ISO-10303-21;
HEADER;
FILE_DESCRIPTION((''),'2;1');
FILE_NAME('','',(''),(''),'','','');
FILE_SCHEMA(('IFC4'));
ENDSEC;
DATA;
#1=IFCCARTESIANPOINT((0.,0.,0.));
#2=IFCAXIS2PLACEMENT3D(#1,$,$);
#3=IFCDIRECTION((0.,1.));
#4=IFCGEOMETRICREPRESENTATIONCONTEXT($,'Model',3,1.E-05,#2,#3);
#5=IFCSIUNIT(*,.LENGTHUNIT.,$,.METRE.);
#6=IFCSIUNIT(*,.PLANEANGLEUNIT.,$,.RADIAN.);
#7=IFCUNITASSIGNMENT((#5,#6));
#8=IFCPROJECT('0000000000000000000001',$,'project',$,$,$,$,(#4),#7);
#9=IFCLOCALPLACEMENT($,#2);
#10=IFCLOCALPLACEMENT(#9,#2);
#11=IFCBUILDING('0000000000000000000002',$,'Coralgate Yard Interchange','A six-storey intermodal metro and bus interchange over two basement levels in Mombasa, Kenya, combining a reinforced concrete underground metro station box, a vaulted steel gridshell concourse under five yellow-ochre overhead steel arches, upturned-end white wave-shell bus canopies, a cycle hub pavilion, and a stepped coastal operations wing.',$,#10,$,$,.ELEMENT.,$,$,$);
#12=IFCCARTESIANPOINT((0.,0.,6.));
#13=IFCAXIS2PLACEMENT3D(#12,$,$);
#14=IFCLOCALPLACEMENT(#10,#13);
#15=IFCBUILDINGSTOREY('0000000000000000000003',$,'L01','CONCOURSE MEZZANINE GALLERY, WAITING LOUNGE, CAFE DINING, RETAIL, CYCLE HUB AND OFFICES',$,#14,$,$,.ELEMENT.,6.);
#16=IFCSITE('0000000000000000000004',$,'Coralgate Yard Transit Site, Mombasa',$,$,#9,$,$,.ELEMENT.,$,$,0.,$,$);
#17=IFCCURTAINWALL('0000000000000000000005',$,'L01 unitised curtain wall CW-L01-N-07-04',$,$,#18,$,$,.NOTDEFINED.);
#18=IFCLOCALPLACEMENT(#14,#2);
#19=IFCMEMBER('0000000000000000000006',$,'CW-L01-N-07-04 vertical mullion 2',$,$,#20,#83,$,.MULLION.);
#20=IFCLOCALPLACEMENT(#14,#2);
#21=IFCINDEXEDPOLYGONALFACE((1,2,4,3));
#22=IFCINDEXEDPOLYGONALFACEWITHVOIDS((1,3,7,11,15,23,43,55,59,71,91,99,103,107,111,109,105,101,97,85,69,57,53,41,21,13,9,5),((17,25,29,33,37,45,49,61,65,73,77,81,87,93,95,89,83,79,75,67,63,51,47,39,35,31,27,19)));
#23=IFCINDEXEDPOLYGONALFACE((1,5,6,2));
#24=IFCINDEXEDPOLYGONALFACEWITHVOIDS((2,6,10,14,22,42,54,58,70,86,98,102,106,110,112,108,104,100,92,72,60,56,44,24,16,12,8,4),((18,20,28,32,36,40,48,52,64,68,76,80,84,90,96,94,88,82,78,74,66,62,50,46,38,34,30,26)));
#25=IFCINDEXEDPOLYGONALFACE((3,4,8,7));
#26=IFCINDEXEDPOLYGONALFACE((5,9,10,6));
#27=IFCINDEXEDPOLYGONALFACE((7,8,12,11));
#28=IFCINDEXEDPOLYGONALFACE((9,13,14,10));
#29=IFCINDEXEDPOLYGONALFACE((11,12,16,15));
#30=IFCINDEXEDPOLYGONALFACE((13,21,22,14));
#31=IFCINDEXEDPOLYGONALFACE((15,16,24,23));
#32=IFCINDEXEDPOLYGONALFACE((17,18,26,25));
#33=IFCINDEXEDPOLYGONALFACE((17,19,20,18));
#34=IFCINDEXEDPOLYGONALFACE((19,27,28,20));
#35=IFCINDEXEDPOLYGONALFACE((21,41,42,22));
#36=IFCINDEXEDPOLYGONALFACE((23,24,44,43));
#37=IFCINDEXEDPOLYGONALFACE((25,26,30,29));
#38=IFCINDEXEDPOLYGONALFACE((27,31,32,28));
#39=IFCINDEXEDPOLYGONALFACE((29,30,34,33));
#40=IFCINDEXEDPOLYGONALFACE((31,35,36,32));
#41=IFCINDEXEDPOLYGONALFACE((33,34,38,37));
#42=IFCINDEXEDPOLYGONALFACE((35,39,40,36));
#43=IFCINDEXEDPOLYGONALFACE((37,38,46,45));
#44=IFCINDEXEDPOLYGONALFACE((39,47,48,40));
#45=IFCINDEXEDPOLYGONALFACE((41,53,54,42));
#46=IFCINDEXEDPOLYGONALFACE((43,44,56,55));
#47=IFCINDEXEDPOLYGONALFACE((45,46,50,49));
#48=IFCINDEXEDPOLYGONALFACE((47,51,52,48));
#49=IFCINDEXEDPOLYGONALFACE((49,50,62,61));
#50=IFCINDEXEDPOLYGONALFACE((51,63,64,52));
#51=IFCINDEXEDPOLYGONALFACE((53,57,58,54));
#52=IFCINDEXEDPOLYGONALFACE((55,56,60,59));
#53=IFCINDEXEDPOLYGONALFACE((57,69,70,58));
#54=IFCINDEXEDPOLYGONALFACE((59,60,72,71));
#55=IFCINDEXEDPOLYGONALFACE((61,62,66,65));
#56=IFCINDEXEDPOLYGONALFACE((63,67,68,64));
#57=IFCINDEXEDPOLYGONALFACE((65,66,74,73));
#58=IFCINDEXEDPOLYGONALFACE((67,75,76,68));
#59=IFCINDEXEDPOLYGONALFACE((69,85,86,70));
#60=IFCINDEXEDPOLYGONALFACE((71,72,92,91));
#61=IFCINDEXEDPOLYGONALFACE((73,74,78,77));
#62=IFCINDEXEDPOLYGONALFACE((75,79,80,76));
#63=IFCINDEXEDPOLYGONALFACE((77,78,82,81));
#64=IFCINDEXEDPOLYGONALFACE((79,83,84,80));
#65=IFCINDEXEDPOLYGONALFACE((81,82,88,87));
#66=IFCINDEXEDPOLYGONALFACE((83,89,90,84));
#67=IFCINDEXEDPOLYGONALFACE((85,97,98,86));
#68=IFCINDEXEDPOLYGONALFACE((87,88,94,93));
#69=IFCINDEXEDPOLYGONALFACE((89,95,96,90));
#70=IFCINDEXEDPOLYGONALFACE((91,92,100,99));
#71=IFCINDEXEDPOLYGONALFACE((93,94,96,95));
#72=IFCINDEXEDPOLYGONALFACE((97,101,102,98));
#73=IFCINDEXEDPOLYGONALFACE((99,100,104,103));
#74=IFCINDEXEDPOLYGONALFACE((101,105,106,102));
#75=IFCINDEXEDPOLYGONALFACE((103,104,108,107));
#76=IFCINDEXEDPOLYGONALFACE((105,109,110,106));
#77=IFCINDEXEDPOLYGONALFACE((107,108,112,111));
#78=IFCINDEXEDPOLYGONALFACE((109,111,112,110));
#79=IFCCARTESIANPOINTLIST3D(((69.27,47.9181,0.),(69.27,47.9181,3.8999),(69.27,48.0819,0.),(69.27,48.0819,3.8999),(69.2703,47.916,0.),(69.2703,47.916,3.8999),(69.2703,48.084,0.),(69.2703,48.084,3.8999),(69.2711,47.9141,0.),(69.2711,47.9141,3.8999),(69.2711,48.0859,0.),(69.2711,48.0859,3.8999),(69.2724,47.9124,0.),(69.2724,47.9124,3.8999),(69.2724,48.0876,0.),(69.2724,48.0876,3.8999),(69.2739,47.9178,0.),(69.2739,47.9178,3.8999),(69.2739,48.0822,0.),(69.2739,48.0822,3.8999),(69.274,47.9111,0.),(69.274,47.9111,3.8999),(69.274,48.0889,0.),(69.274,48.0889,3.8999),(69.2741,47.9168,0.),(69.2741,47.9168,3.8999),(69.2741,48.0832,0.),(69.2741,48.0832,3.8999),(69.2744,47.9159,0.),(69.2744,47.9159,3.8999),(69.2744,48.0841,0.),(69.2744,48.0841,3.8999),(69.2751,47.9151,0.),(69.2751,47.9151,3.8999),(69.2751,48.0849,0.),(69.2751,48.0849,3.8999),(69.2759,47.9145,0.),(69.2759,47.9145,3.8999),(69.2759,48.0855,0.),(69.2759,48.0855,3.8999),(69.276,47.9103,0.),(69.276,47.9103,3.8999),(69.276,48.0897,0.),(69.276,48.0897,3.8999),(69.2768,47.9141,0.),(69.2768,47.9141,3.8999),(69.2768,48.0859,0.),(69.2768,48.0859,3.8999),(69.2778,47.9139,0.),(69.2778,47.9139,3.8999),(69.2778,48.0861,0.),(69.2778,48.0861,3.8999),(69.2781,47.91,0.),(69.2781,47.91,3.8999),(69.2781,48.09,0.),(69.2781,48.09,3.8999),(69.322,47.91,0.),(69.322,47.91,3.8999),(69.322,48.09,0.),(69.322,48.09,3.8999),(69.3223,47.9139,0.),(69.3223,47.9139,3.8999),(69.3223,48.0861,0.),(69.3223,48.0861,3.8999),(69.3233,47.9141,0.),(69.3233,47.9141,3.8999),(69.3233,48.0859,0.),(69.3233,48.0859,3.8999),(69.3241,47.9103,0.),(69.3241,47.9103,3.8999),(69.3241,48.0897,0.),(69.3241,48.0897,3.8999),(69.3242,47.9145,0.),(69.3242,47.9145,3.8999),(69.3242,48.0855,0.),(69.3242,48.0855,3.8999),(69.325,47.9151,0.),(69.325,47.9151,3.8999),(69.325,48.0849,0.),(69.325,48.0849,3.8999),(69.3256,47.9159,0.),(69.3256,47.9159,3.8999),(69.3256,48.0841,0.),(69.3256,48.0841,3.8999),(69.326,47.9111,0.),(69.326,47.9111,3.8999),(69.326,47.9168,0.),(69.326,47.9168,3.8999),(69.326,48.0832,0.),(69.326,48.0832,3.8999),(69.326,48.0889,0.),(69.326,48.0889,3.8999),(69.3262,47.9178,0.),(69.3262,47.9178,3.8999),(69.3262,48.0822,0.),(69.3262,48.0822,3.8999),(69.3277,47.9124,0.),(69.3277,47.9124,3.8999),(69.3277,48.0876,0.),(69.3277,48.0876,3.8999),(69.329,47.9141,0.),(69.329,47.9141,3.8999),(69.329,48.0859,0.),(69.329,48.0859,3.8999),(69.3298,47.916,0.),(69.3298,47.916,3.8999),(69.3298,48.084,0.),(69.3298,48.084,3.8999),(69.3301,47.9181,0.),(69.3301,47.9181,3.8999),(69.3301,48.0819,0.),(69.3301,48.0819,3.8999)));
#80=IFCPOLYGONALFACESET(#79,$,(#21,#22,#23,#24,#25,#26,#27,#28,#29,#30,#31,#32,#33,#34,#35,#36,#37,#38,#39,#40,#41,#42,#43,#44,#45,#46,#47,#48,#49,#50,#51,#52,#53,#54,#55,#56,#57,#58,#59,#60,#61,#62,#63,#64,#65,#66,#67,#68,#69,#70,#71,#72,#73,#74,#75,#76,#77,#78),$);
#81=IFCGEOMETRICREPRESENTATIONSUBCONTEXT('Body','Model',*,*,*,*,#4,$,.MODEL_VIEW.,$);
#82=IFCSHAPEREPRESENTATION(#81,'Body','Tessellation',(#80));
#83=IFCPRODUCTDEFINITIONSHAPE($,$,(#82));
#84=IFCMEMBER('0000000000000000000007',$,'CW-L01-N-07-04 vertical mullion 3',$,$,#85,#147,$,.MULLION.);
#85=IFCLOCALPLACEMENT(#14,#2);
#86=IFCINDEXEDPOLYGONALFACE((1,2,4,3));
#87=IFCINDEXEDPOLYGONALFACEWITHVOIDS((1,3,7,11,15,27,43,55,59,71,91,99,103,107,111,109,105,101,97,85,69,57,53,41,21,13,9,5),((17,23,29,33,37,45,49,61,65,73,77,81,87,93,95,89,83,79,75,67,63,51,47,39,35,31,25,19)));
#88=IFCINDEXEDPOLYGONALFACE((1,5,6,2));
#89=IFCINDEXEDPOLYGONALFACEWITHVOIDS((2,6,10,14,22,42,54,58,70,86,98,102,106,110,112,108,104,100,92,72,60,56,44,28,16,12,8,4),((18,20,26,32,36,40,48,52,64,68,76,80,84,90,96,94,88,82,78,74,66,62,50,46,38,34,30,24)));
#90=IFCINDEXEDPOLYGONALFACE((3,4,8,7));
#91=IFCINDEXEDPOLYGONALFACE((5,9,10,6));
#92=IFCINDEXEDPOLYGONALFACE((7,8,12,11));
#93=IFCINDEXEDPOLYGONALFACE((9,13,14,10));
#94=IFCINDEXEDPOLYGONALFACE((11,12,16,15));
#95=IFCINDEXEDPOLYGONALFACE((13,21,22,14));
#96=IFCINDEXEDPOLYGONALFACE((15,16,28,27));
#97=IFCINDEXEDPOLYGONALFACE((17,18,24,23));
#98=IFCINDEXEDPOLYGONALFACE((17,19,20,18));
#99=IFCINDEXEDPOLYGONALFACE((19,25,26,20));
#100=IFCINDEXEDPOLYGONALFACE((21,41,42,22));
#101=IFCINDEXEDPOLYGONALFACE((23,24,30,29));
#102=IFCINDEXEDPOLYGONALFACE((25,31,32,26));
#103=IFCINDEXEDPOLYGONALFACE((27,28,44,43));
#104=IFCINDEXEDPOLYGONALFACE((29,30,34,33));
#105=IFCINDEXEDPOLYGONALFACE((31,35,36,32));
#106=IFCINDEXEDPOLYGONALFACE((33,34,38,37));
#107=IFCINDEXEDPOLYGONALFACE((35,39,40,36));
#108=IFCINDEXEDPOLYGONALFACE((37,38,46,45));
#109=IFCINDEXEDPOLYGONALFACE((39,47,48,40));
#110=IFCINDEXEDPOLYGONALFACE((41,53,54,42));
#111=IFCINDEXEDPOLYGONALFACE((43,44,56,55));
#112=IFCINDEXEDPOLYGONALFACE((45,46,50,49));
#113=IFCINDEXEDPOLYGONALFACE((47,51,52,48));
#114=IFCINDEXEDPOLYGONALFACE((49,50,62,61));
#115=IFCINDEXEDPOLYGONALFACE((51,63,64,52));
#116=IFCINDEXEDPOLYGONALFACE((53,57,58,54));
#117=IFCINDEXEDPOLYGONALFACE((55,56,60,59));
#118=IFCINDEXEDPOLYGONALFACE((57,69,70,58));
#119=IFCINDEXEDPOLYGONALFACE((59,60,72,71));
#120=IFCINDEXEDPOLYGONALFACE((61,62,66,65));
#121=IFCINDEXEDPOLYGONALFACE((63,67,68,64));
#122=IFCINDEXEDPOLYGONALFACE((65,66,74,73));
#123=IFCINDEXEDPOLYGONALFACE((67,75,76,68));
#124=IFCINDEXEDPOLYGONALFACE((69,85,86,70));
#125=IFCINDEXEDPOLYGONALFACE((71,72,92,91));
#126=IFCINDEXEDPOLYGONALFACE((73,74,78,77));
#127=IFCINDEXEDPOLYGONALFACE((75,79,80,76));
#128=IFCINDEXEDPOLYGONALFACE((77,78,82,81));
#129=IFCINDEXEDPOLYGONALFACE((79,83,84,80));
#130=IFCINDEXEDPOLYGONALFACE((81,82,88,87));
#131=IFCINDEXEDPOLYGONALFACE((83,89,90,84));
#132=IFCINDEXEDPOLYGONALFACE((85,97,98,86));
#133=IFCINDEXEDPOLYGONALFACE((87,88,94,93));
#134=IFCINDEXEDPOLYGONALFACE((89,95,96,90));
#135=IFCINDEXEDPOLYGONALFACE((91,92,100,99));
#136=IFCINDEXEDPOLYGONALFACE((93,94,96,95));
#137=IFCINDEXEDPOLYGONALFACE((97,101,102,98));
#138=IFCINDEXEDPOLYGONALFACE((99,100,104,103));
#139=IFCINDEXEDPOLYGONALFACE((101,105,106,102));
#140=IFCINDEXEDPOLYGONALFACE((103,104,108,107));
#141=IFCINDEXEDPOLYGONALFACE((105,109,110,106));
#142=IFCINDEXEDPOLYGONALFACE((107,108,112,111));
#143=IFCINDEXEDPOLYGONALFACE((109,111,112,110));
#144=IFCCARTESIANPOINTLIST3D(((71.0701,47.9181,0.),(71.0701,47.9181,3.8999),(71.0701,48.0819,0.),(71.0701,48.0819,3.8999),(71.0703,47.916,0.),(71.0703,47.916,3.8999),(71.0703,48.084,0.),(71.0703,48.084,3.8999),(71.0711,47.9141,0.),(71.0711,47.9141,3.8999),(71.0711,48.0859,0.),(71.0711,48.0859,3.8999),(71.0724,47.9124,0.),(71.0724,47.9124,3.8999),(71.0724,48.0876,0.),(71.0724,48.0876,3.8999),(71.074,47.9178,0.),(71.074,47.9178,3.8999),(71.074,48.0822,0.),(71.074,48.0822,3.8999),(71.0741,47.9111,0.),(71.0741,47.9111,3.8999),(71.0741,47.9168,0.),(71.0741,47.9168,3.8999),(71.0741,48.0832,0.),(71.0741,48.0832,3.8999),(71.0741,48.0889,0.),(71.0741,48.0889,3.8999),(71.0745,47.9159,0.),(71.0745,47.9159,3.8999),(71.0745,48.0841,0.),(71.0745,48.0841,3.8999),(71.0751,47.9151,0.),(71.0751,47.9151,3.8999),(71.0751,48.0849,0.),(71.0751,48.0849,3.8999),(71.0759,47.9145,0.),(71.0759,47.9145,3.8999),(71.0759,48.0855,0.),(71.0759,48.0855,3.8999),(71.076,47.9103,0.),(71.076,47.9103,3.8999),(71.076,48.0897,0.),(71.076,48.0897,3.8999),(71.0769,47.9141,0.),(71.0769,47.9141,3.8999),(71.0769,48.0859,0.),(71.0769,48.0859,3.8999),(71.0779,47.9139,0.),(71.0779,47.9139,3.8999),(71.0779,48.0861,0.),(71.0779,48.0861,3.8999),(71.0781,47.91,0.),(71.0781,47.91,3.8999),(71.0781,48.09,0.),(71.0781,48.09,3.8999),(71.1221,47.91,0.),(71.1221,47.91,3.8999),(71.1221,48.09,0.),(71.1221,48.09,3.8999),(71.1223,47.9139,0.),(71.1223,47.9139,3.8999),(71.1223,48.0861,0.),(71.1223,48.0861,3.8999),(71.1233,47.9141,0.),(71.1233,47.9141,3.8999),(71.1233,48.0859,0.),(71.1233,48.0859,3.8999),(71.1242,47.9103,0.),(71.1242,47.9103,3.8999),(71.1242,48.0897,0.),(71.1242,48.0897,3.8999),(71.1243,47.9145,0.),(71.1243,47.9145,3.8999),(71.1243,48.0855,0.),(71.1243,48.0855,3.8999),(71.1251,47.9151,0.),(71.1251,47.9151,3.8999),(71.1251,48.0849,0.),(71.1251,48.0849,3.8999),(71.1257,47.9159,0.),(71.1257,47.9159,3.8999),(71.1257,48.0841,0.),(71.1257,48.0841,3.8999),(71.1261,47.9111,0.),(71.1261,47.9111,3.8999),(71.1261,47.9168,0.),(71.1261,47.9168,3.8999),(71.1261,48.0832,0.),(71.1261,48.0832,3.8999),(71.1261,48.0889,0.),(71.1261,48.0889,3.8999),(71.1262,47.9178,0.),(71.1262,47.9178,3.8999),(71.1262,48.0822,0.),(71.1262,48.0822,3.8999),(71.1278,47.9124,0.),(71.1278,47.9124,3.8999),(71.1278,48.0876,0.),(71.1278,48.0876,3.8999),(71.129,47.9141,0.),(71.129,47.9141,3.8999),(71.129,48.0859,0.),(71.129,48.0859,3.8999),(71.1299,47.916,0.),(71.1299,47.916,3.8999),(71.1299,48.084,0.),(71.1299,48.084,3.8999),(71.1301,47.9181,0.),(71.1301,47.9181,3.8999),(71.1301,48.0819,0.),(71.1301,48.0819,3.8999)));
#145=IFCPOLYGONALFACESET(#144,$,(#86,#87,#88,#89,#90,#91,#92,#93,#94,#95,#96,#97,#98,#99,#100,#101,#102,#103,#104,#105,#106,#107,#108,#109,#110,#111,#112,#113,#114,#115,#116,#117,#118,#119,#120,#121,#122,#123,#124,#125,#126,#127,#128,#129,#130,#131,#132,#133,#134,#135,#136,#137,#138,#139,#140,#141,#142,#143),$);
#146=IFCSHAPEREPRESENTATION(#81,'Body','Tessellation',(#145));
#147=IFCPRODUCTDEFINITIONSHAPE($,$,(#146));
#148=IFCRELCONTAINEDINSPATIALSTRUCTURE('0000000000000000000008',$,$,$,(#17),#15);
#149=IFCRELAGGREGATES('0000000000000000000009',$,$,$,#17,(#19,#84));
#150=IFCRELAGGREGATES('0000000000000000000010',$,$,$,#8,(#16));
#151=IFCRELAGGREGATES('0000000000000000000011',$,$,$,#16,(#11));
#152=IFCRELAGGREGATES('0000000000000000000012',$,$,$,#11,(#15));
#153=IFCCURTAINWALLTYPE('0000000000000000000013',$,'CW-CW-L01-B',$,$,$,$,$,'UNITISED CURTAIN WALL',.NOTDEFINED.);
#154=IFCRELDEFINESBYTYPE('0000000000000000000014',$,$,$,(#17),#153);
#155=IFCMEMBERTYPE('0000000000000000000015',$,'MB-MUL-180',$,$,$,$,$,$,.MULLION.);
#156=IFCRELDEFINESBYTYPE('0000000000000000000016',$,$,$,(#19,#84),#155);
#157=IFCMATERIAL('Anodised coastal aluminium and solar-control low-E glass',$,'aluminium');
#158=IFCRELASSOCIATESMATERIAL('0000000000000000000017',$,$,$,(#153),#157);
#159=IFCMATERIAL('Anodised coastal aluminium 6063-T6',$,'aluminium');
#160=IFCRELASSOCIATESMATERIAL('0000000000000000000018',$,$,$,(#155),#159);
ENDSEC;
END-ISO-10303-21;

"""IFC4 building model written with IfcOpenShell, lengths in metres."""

from ifc_helpers import new_model, si_unit, direction, frame, origin, origin_2d, place, context, subcontext, project, spatial, hollow_rectangle, extrude, material, material_profile, profile_set, type_object, element, aggregate, save


model = new_model("IFC4")

# Units and contexts
model_context = context("Model", 3, precision=1e-05, world=origin(), true_north=direction((0.0, 1.0)))
body_context = subcontext(model_context, "Body", "Model", "MODEL_VIEW")
ifc_project = project(units=[si_unit("LENGTHUNIT", "METRE"), si_unit("PLANEANGLEUNIT", "RADIAN")], contexts=[model_context])

# Site, building, storey
site_placement = place(None, origin())
site = spatial("IfcSite", under=ifc_project, at=site_placement, Name="Coralgate Yard Transit Site, Mombasa", CompositionType="ELEMENT", RefElevation=0.0)
building_placement = place(site_placement, origin())
building = spatial("IfcBuilding", under=site, at=building_placement, Name="Coralgate Yard Interchange", Description="A six-storey intermodal metro and bus interchange over two basement levels in Mombasa, Kenya, combining a reinforced concrete underground metro station box, a vaulted steel gridshell concourse under five yellow-ochre overhead steel arches, upturned-end white wave-shell bus canopies, a cycle hub pavilion, and a stepped coastal operations wing.", CompositionType="ELEMENT")
storey_placement = place(building_placement, frame((0.0, 0.0, 6.0)))
storey = spatial("IfcBuildingStorey", under=building, at=storey_placement, Name="L01", Description="CONCOURSE MEZZANINE GALLERY, WAITING LOUNGE, CAFE DINING, RETAIL, CYCLE HUB AND OFFICES", CompositionType="ELEMENT", Elevation=6.0)

# Curtain wall, members
ifc_material_1 = material(Name="Anodised coastal aluminium and solar-control low-E glass", Category="aluminium")
curtain_wall_type = type_object("IfcCurtainWallType", Name="CW-CW-L01-B", ElementType="UNITISED CURTAIN WALL", PredefinedType="NOTDEFINED", material=ifc_material_1)
ifc_material_2 = material(Name="Anodised coastal aluminium 6063-T6", Category="aluminium")
ifc_material_profile_1 = material_profile(ifc_material_2, hollow_rectangle(XDim=0.0601, YDim=0.1799, WallThickness=0.0039, InnerFilletRadius=0.0039, OuterFilletRadius=0.0081, at=origin_2d()), Name="ALU 60x180x4")
ifc_profile_set_1 = profile_set([ifc_material_profile_1], Name="Anodised coastal aluminium 6063-T6")
member_type_1 = type_object("IfcMemberType", Name="MB-MUL-180", PredefinedType="MULLION", material=ifc_profile_set_1)
curtain_wall_1_placement = place(storey_placement, origin())
curtain_wall_1 = element("IfcCurtainWall", 1, at=curtain_wall_1_placement, inside=storey, type_object=curtain_wall_type, Name="L01 unitised curtain wall CW-L01-N-07-04", PredefinedType="NOTDEFINED")
member_1_placement = place(storey_placement, frame((69.3, 48.0, 0.0), z_axis=(0.0, 0.0, 1.0), x_axis=(1.0, 0.0, 0.0)))
member_1 = element("IfcMember", 2, at=member_1_placement, type_object=member_type_1, Name="CW-L01-N-07-04 vertical mullion 2", PredefinedType="MULLION", context=body_context, shape_type="SweptSolid", body=[
    extrude(hollow_rectangle(XDim=0.0601, YDim=0.1799, WallThickness=0.0039, InnerFilletRadius=0.0039, OuterFilletRadius=0.0081, at=origin_2d()), origin(), (0.0, 0.0, 1.0), 3.8999),
])
member_2_placement = place(storey_placement, frame((71.1001, 48.0, 0.0), z_axis=(0.0, 0.0, 1.0), x_axis=(1.0, 0.0, 0.0)))
member_2 = element("IfcMember", 3, at=member_2_placement, type_object=member_type_1, Name="CW-L01-N-07-04 vertical mullion 3", PredefinedType="MULLION", context=body_context, shape_type="SweptSolid", body=[
    extrude(hollow_rectangle(XDim=0.0601, YDim=0.1799, WallThickness=0.0039, InnerFilletRadius=0.0039, OuterFilletRadius=0.0081, at=origin_2d()), origin(), (0.0, 0.0, 1.0), 3.8999),
])

aggregate(curtain_wall_1, [member_1, member_2])

save(model, "model.ifc")
